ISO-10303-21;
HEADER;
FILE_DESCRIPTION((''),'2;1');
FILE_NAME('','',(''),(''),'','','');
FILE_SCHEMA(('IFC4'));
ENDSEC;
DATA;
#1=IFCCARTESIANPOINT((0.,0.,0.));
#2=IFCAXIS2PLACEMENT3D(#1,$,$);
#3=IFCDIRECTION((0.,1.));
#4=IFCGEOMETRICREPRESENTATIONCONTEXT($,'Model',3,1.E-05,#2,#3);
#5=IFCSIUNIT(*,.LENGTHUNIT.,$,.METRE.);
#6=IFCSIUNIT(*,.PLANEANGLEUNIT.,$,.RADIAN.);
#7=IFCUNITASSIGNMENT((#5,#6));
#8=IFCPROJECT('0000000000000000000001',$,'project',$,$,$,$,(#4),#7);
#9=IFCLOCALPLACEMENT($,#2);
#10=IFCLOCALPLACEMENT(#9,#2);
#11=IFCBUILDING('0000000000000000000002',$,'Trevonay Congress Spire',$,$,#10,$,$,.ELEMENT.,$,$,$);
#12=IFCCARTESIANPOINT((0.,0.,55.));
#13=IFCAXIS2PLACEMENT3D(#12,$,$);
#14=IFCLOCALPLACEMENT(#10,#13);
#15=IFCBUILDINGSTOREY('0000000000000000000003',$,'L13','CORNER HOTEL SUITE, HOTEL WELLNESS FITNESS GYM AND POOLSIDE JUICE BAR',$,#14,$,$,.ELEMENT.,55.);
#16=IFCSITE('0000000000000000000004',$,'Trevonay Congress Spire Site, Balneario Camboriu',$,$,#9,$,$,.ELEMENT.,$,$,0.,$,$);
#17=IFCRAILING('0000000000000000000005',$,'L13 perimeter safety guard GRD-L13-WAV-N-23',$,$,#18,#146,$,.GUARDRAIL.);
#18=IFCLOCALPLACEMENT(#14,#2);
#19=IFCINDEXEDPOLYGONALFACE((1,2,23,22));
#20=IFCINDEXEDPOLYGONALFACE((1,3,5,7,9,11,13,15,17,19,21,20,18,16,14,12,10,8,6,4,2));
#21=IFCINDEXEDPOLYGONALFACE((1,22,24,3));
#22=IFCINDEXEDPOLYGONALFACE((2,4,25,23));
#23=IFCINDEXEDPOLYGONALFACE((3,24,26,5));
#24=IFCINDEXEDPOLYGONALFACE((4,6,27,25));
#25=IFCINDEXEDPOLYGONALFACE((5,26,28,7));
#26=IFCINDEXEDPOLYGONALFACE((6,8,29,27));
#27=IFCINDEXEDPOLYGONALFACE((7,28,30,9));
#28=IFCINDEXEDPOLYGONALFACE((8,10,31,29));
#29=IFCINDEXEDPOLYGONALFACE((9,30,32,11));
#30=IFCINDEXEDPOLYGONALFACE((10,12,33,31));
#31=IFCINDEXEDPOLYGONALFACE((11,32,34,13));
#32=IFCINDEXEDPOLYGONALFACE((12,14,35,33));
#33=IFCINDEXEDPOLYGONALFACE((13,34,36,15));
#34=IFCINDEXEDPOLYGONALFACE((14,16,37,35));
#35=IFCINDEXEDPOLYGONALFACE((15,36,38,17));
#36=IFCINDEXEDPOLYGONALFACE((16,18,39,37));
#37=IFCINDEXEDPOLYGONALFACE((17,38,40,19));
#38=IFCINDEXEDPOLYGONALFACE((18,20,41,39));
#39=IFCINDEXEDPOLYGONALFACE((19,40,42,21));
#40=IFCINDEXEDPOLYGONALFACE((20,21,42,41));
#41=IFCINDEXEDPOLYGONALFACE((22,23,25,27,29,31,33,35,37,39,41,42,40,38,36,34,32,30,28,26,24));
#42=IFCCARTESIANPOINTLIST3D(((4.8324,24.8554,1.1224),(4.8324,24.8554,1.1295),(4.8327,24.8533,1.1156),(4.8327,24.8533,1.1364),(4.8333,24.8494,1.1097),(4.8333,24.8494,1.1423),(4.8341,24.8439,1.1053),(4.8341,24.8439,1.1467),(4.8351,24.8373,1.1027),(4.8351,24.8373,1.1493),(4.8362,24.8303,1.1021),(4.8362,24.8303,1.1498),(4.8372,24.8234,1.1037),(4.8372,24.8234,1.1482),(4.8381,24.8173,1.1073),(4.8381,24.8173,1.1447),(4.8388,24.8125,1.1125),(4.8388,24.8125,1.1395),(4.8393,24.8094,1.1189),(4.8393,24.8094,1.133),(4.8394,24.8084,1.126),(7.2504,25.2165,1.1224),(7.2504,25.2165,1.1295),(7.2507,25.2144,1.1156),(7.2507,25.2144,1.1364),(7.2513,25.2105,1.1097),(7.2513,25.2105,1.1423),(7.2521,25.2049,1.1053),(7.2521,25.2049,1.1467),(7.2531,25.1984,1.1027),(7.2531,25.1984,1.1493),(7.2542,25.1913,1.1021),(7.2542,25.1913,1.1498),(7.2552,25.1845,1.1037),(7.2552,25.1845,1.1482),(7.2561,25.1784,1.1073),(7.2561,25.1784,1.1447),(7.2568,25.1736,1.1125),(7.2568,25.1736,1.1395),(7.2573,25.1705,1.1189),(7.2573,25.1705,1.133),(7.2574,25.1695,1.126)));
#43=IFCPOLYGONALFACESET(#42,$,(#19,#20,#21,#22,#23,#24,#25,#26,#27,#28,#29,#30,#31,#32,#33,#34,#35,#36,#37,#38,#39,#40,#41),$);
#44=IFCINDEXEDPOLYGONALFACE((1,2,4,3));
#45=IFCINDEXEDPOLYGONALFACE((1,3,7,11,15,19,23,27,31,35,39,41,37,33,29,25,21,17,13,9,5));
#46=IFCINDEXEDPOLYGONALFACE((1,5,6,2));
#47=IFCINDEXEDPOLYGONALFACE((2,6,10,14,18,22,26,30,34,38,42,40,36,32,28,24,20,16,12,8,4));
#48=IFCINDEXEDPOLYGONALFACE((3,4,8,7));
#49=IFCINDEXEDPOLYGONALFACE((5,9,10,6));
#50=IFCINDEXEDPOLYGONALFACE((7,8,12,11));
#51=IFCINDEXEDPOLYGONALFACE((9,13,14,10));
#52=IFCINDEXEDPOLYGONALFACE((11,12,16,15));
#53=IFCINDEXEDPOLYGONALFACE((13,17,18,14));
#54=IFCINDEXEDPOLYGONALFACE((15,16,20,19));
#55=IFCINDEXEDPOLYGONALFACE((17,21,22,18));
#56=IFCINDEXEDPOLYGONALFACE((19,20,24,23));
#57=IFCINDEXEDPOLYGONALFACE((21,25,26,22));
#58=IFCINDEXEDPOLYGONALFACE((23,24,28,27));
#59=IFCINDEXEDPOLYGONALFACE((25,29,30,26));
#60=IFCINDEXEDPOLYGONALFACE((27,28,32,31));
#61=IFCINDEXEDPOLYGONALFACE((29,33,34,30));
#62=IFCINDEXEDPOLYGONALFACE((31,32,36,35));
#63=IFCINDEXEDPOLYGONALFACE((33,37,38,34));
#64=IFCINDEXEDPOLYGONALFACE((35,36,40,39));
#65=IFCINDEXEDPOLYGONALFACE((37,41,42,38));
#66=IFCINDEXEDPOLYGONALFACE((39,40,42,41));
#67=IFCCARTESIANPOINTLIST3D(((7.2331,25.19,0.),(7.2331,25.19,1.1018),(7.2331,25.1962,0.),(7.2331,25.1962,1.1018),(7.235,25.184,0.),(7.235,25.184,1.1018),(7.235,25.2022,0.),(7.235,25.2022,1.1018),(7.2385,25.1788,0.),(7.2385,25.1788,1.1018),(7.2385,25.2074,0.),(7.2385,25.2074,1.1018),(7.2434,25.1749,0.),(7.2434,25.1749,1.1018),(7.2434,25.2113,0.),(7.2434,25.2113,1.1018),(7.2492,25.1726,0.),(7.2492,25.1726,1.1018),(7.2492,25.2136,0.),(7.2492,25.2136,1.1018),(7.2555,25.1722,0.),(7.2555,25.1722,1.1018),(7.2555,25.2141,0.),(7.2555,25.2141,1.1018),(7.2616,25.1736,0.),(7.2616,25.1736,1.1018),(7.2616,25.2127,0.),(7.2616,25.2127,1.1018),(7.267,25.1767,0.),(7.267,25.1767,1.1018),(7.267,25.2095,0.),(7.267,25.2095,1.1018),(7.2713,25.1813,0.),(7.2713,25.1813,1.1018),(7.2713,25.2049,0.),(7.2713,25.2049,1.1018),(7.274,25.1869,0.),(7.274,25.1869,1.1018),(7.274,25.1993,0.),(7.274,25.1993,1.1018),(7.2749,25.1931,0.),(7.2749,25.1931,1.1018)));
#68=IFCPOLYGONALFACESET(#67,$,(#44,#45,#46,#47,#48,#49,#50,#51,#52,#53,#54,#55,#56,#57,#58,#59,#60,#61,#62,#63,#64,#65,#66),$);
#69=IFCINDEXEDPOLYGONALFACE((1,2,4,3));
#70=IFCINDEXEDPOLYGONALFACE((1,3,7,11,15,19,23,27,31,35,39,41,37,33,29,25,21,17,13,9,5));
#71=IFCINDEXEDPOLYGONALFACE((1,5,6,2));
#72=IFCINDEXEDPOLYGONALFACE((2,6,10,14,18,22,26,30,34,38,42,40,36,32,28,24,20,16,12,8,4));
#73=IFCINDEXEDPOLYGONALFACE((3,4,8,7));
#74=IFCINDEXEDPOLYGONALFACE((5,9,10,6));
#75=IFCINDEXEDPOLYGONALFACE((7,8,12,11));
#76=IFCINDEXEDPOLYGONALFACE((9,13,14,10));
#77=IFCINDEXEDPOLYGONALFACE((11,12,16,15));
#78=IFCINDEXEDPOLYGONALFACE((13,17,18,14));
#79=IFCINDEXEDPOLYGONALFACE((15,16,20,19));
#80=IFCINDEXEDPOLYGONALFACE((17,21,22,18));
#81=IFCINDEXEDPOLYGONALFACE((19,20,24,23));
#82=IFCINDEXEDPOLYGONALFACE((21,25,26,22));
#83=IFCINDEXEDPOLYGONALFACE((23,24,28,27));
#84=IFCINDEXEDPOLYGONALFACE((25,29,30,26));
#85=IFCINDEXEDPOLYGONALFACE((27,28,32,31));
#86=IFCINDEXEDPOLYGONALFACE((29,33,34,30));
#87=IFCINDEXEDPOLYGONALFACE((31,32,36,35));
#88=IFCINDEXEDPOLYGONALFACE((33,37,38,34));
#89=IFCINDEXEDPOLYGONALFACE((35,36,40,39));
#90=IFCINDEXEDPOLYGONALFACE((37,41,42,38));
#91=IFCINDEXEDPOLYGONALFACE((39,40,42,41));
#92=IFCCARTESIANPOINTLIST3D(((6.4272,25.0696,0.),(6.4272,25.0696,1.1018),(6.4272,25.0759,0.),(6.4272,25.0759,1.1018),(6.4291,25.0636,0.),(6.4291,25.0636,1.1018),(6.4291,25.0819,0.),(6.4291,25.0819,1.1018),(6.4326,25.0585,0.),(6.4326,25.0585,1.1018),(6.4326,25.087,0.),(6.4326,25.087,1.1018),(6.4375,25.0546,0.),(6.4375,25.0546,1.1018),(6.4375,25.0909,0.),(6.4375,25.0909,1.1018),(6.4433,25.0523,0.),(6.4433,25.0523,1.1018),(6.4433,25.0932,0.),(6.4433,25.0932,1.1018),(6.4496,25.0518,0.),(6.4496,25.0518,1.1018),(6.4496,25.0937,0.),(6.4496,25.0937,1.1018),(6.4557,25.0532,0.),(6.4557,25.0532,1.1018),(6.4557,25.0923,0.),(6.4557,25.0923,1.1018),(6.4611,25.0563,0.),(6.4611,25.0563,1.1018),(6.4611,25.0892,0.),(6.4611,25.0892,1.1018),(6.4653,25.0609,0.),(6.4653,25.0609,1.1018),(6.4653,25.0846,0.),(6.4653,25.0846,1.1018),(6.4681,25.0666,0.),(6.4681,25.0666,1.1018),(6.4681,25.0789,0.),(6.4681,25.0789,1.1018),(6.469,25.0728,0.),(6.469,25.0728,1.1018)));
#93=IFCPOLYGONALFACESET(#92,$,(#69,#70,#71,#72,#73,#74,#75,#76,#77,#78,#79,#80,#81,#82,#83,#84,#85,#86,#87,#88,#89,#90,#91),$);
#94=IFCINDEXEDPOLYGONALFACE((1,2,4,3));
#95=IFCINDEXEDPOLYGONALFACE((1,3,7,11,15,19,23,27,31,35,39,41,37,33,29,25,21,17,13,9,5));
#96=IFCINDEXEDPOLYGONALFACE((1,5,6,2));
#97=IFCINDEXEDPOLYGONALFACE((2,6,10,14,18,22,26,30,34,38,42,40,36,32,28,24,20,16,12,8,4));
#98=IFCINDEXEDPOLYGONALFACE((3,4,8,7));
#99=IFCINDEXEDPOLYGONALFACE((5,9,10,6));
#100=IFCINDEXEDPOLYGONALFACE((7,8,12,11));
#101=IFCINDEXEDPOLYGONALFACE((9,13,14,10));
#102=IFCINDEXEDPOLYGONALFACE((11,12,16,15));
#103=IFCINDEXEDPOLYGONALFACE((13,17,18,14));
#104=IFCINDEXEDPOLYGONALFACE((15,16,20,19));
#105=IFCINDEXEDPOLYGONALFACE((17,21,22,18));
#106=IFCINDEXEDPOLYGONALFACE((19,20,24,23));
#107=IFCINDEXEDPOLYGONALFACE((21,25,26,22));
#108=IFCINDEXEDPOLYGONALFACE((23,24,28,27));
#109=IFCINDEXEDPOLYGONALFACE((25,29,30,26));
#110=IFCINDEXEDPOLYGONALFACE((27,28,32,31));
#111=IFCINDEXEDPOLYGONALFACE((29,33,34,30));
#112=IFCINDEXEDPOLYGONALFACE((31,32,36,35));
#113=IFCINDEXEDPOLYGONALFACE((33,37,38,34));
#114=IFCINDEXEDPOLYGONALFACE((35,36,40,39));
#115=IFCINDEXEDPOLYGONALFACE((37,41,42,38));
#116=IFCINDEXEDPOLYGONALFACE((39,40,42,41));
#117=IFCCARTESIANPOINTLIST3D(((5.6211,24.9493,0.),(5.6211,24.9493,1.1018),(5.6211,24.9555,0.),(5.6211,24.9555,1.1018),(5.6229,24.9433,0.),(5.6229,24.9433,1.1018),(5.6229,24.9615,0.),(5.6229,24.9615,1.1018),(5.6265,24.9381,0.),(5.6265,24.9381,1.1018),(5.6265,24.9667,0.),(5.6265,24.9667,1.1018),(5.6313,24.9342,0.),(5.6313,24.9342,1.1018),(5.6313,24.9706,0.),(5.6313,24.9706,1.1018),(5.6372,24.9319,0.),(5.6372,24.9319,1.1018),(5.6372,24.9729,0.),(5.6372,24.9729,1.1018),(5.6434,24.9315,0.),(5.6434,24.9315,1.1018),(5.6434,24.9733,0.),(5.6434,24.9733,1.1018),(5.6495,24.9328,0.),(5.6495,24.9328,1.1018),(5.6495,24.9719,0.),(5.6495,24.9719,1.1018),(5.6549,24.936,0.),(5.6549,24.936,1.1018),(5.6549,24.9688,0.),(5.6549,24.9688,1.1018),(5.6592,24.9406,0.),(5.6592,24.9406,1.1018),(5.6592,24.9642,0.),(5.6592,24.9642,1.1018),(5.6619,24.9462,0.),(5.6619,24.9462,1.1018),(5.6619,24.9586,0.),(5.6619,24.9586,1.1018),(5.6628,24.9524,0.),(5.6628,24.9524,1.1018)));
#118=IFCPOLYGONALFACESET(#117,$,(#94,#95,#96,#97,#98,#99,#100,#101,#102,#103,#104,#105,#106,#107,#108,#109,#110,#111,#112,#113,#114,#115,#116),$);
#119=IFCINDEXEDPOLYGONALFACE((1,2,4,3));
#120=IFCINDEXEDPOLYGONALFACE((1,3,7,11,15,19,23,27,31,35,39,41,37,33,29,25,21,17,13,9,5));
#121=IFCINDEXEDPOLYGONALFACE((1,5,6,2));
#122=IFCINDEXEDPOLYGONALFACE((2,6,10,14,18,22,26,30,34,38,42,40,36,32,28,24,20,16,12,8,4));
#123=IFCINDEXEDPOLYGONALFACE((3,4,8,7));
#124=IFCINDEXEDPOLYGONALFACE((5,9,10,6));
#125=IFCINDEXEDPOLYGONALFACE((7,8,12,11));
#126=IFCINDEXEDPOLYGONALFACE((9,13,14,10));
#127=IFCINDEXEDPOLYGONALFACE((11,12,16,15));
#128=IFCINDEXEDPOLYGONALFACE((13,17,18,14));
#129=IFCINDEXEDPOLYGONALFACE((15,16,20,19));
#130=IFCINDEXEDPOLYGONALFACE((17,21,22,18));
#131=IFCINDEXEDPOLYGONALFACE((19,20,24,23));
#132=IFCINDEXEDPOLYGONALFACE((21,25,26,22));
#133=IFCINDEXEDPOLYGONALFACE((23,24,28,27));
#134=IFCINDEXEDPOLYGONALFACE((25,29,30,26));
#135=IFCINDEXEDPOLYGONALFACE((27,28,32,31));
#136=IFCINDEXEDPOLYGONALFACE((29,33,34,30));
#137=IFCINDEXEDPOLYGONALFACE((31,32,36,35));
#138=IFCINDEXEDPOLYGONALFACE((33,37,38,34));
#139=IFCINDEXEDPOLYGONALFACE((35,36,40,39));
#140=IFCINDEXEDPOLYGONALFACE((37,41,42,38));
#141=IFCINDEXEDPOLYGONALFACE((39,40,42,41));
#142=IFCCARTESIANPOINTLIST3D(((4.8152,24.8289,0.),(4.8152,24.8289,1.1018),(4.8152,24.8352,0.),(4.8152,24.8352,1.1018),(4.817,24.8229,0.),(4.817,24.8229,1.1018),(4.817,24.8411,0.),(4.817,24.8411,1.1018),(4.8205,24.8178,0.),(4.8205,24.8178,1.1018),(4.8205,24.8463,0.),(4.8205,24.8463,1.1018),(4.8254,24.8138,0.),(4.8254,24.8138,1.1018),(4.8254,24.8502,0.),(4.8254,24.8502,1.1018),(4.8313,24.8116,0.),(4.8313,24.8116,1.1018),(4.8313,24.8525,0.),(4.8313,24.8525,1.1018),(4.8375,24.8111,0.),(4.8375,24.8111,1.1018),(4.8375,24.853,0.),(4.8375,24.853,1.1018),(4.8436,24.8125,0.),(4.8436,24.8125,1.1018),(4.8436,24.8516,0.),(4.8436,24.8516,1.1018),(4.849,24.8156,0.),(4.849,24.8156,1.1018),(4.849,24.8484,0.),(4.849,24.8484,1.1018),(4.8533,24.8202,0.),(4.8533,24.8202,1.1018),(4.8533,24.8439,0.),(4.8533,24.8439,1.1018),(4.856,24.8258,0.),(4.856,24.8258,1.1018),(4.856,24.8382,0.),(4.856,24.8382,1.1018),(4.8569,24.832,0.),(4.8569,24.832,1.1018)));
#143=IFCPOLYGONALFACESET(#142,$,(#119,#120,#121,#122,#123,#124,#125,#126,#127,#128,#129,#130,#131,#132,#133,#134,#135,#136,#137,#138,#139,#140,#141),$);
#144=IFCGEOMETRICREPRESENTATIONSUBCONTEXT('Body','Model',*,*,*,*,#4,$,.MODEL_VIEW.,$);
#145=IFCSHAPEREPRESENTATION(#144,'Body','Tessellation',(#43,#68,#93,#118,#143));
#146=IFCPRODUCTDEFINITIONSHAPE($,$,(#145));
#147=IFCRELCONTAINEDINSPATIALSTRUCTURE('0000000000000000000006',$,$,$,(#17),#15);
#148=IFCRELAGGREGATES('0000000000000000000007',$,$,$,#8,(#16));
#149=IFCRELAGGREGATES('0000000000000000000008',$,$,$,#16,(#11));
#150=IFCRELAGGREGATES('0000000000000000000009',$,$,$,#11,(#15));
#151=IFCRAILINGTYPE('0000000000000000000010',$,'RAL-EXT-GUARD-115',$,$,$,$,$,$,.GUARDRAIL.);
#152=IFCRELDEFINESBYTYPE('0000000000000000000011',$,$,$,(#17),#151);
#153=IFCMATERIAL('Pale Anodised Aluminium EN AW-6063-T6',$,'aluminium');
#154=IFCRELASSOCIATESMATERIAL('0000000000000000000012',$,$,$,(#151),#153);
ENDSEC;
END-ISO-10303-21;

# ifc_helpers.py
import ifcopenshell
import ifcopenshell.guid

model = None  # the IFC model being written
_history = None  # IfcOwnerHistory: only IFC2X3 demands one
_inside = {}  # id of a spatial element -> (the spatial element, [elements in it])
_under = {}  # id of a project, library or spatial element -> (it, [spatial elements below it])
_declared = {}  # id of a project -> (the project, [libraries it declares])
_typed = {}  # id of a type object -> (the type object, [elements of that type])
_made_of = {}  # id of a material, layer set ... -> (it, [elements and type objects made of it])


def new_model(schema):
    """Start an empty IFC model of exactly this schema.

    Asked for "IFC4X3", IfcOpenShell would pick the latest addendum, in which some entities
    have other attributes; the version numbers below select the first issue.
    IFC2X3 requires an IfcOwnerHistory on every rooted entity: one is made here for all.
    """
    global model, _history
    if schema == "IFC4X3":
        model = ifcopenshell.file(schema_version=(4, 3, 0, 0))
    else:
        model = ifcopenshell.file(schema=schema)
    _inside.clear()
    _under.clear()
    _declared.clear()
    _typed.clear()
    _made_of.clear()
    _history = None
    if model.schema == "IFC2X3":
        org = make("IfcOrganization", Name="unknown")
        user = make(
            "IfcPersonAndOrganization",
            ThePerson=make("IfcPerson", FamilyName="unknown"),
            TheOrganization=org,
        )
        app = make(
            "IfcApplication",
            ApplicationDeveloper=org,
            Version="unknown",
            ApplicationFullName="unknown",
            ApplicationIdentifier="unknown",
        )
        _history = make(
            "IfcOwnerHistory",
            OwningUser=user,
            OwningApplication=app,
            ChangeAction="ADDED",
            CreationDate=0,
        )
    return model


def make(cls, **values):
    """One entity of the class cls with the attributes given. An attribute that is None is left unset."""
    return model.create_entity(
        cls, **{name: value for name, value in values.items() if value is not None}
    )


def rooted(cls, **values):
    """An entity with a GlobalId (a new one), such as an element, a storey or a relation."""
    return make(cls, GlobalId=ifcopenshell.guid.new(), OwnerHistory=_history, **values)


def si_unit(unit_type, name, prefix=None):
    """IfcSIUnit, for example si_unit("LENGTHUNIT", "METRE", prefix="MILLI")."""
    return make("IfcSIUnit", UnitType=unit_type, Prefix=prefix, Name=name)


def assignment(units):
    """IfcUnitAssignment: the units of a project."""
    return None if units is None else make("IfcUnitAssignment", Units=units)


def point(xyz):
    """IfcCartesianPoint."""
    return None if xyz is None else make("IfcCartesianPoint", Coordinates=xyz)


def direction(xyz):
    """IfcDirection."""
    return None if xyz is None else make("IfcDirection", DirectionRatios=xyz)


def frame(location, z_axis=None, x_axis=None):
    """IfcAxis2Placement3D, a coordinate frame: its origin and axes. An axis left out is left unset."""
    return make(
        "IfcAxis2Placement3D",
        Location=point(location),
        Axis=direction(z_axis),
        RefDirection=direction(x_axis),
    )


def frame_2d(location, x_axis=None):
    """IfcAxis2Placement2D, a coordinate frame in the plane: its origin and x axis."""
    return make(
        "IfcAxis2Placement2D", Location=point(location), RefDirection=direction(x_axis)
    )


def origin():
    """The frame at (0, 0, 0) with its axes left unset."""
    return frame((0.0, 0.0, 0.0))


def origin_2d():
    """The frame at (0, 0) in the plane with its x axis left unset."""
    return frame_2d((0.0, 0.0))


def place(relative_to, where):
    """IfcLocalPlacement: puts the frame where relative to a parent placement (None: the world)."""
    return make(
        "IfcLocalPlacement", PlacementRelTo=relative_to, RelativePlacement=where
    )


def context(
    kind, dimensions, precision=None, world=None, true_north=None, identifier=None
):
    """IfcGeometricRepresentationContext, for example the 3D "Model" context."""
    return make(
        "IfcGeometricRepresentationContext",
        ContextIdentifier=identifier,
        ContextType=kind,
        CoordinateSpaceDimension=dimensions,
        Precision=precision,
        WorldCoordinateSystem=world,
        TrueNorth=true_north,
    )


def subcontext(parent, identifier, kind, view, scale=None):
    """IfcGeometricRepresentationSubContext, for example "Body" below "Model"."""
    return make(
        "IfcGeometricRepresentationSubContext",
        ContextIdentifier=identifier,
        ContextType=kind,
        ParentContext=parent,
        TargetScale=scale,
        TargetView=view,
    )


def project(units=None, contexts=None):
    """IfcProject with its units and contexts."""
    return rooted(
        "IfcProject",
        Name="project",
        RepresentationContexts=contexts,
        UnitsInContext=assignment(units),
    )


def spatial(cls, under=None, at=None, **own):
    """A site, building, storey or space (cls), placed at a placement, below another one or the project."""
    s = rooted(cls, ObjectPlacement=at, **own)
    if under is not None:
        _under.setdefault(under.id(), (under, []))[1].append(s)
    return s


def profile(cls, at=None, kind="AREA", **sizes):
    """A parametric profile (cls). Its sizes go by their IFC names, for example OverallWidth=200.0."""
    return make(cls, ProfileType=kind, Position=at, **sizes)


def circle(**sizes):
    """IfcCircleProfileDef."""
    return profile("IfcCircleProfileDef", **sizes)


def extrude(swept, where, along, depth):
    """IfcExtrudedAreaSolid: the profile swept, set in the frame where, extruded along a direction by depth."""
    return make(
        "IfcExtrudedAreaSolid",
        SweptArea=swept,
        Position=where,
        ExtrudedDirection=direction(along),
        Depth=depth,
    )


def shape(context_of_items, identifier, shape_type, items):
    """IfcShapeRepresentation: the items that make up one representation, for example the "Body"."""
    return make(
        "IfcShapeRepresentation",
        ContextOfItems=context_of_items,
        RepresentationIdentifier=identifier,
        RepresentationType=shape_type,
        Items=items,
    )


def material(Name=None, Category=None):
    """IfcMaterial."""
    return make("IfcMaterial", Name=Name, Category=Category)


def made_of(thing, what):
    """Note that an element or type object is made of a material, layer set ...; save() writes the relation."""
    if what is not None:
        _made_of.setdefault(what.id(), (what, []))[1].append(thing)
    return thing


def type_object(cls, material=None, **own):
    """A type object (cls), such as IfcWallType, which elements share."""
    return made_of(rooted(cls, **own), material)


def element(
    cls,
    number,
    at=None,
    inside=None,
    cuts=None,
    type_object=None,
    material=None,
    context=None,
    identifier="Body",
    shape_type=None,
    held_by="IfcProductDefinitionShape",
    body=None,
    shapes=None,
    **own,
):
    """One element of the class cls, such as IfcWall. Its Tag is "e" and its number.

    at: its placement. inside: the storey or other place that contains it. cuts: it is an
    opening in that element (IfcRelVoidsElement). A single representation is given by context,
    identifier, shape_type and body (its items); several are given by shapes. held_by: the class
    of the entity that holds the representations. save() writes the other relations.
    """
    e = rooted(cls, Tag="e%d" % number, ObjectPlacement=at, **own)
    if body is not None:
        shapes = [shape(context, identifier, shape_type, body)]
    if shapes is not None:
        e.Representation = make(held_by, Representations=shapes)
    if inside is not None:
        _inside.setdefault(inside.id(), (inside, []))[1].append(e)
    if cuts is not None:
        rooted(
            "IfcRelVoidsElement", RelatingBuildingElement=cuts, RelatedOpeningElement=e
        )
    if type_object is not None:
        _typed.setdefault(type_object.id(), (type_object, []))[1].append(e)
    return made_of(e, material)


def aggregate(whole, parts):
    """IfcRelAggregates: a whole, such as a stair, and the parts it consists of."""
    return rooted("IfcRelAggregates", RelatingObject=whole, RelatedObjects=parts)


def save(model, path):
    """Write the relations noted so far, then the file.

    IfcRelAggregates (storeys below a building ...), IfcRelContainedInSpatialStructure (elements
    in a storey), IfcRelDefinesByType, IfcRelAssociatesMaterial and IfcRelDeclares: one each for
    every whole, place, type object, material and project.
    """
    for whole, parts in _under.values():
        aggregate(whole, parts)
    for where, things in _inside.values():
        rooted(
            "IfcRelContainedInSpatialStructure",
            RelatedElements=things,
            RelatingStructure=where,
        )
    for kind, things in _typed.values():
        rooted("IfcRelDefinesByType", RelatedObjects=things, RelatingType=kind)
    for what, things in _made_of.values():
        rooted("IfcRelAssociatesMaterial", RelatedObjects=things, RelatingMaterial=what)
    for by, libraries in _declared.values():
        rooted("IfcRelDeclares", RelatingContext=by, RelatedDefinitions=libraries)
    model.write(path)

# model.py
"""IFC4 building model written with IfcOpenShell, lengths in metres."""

from ifc_helpers import new_model, si_unit, direction, frame, origin, origin_2d, place, context, subcontext, project, spatial, circle, extrude, material, type_object, element, save


model = new_model("IFC4")

# Units and contexts
model_context = context("Model", 3, precision=1e-05, world=origin(), true_north=direction((0.0, 1.0)))
body_context = subcontext(model_context, "Body", "Model", "MODEL_VIEW")
ifc_project = project(units=[si_unit("LENGTHUNIT", "METRE"), si_unit("PLANEANGLEUNIT", "RADIAN")], contexts=[model_context])

# Site, building, storey
site_placement = place(None, origin())
site = spatial("IfcSite", under=ifc_project, at=site_placement, Name="Trevonay Congress Spire Site, Balneario Camboriu", CompositionType="ELEMENT", RefElevation=0.0)
building_placement = place(site_placement, origin())
building = spatial("IfcBuilding", under=site, at=building_placement, Name="Trevonay Congress Spire", CompositionType="ELEMENT")
storey_placement = place(building_placement, frame((0.0, 0.0, 55.0)))
storey = spatial("IfcBuildingStorey", under=building, at=storey_placement, Name="L13", Description="CORNER HOTEL SUITE, HOTEL WELLNESS FITNESS GYM AND POOLSIDE JUICE BAR", CompositionType="ELEMENT", Elevation=55.0)

# Shared definitions
ifc_material_1 = material(Name="Pale Anodised Aluminium EN AW-6063-T6", Category="aluminium")

# Railing
railing_type = type_object("IfcRailingType", Name="RAL-EXT-GUARD-115", PredefinedType="GUARDRAIL", material=ifc_material_1)
railing_1_placement = place(storey_placement, frame((7.2539, 25.1931, 0.0)))
element("IfcRailing", 1, at=railing_1_placement, inside=storey, type_object=railing_type, Name="L13 perimeter safety guard GRD-L13-WAV-N-23", PredefinedType="GUARDRAIL", context=body_context, shape_type="SweptSolid", body=[
    extrude(circle(Radius=0.0239, at=origin_2d()), frame((0.0, 0.0, 1.126), z_axis=(-0.989033, -0.147696, 0.0), x_axis=(0.147696, -0.989033, 0.0)), (0.0, 0.0, 1.0), 2.4448),
    extrude(circle(Radius=0.021, at=origin_2d()), origin(), (0.0, 0.0, 1.0), 1.1018),
    extrude(circle(Radius=0.021, at=origin_2d()), frame((-0.8059, -0.1204, 0.0)), (0.0, 0.0, 1.0), 1.1018),
    extrude(circle(Radius=0.021, at=origin_2d()), frame((-1.6121, -0.2407, 0.0)), (0.0, 0.0, 1.0), 1.1018),
    extrude(circle(Radius=0.021, at=origin_2d()), frame((-2.418, -0.3611, 0.0)), (0.0, 0.0, 1.0), 1.1018),
])

save(model, "model.ifc")
